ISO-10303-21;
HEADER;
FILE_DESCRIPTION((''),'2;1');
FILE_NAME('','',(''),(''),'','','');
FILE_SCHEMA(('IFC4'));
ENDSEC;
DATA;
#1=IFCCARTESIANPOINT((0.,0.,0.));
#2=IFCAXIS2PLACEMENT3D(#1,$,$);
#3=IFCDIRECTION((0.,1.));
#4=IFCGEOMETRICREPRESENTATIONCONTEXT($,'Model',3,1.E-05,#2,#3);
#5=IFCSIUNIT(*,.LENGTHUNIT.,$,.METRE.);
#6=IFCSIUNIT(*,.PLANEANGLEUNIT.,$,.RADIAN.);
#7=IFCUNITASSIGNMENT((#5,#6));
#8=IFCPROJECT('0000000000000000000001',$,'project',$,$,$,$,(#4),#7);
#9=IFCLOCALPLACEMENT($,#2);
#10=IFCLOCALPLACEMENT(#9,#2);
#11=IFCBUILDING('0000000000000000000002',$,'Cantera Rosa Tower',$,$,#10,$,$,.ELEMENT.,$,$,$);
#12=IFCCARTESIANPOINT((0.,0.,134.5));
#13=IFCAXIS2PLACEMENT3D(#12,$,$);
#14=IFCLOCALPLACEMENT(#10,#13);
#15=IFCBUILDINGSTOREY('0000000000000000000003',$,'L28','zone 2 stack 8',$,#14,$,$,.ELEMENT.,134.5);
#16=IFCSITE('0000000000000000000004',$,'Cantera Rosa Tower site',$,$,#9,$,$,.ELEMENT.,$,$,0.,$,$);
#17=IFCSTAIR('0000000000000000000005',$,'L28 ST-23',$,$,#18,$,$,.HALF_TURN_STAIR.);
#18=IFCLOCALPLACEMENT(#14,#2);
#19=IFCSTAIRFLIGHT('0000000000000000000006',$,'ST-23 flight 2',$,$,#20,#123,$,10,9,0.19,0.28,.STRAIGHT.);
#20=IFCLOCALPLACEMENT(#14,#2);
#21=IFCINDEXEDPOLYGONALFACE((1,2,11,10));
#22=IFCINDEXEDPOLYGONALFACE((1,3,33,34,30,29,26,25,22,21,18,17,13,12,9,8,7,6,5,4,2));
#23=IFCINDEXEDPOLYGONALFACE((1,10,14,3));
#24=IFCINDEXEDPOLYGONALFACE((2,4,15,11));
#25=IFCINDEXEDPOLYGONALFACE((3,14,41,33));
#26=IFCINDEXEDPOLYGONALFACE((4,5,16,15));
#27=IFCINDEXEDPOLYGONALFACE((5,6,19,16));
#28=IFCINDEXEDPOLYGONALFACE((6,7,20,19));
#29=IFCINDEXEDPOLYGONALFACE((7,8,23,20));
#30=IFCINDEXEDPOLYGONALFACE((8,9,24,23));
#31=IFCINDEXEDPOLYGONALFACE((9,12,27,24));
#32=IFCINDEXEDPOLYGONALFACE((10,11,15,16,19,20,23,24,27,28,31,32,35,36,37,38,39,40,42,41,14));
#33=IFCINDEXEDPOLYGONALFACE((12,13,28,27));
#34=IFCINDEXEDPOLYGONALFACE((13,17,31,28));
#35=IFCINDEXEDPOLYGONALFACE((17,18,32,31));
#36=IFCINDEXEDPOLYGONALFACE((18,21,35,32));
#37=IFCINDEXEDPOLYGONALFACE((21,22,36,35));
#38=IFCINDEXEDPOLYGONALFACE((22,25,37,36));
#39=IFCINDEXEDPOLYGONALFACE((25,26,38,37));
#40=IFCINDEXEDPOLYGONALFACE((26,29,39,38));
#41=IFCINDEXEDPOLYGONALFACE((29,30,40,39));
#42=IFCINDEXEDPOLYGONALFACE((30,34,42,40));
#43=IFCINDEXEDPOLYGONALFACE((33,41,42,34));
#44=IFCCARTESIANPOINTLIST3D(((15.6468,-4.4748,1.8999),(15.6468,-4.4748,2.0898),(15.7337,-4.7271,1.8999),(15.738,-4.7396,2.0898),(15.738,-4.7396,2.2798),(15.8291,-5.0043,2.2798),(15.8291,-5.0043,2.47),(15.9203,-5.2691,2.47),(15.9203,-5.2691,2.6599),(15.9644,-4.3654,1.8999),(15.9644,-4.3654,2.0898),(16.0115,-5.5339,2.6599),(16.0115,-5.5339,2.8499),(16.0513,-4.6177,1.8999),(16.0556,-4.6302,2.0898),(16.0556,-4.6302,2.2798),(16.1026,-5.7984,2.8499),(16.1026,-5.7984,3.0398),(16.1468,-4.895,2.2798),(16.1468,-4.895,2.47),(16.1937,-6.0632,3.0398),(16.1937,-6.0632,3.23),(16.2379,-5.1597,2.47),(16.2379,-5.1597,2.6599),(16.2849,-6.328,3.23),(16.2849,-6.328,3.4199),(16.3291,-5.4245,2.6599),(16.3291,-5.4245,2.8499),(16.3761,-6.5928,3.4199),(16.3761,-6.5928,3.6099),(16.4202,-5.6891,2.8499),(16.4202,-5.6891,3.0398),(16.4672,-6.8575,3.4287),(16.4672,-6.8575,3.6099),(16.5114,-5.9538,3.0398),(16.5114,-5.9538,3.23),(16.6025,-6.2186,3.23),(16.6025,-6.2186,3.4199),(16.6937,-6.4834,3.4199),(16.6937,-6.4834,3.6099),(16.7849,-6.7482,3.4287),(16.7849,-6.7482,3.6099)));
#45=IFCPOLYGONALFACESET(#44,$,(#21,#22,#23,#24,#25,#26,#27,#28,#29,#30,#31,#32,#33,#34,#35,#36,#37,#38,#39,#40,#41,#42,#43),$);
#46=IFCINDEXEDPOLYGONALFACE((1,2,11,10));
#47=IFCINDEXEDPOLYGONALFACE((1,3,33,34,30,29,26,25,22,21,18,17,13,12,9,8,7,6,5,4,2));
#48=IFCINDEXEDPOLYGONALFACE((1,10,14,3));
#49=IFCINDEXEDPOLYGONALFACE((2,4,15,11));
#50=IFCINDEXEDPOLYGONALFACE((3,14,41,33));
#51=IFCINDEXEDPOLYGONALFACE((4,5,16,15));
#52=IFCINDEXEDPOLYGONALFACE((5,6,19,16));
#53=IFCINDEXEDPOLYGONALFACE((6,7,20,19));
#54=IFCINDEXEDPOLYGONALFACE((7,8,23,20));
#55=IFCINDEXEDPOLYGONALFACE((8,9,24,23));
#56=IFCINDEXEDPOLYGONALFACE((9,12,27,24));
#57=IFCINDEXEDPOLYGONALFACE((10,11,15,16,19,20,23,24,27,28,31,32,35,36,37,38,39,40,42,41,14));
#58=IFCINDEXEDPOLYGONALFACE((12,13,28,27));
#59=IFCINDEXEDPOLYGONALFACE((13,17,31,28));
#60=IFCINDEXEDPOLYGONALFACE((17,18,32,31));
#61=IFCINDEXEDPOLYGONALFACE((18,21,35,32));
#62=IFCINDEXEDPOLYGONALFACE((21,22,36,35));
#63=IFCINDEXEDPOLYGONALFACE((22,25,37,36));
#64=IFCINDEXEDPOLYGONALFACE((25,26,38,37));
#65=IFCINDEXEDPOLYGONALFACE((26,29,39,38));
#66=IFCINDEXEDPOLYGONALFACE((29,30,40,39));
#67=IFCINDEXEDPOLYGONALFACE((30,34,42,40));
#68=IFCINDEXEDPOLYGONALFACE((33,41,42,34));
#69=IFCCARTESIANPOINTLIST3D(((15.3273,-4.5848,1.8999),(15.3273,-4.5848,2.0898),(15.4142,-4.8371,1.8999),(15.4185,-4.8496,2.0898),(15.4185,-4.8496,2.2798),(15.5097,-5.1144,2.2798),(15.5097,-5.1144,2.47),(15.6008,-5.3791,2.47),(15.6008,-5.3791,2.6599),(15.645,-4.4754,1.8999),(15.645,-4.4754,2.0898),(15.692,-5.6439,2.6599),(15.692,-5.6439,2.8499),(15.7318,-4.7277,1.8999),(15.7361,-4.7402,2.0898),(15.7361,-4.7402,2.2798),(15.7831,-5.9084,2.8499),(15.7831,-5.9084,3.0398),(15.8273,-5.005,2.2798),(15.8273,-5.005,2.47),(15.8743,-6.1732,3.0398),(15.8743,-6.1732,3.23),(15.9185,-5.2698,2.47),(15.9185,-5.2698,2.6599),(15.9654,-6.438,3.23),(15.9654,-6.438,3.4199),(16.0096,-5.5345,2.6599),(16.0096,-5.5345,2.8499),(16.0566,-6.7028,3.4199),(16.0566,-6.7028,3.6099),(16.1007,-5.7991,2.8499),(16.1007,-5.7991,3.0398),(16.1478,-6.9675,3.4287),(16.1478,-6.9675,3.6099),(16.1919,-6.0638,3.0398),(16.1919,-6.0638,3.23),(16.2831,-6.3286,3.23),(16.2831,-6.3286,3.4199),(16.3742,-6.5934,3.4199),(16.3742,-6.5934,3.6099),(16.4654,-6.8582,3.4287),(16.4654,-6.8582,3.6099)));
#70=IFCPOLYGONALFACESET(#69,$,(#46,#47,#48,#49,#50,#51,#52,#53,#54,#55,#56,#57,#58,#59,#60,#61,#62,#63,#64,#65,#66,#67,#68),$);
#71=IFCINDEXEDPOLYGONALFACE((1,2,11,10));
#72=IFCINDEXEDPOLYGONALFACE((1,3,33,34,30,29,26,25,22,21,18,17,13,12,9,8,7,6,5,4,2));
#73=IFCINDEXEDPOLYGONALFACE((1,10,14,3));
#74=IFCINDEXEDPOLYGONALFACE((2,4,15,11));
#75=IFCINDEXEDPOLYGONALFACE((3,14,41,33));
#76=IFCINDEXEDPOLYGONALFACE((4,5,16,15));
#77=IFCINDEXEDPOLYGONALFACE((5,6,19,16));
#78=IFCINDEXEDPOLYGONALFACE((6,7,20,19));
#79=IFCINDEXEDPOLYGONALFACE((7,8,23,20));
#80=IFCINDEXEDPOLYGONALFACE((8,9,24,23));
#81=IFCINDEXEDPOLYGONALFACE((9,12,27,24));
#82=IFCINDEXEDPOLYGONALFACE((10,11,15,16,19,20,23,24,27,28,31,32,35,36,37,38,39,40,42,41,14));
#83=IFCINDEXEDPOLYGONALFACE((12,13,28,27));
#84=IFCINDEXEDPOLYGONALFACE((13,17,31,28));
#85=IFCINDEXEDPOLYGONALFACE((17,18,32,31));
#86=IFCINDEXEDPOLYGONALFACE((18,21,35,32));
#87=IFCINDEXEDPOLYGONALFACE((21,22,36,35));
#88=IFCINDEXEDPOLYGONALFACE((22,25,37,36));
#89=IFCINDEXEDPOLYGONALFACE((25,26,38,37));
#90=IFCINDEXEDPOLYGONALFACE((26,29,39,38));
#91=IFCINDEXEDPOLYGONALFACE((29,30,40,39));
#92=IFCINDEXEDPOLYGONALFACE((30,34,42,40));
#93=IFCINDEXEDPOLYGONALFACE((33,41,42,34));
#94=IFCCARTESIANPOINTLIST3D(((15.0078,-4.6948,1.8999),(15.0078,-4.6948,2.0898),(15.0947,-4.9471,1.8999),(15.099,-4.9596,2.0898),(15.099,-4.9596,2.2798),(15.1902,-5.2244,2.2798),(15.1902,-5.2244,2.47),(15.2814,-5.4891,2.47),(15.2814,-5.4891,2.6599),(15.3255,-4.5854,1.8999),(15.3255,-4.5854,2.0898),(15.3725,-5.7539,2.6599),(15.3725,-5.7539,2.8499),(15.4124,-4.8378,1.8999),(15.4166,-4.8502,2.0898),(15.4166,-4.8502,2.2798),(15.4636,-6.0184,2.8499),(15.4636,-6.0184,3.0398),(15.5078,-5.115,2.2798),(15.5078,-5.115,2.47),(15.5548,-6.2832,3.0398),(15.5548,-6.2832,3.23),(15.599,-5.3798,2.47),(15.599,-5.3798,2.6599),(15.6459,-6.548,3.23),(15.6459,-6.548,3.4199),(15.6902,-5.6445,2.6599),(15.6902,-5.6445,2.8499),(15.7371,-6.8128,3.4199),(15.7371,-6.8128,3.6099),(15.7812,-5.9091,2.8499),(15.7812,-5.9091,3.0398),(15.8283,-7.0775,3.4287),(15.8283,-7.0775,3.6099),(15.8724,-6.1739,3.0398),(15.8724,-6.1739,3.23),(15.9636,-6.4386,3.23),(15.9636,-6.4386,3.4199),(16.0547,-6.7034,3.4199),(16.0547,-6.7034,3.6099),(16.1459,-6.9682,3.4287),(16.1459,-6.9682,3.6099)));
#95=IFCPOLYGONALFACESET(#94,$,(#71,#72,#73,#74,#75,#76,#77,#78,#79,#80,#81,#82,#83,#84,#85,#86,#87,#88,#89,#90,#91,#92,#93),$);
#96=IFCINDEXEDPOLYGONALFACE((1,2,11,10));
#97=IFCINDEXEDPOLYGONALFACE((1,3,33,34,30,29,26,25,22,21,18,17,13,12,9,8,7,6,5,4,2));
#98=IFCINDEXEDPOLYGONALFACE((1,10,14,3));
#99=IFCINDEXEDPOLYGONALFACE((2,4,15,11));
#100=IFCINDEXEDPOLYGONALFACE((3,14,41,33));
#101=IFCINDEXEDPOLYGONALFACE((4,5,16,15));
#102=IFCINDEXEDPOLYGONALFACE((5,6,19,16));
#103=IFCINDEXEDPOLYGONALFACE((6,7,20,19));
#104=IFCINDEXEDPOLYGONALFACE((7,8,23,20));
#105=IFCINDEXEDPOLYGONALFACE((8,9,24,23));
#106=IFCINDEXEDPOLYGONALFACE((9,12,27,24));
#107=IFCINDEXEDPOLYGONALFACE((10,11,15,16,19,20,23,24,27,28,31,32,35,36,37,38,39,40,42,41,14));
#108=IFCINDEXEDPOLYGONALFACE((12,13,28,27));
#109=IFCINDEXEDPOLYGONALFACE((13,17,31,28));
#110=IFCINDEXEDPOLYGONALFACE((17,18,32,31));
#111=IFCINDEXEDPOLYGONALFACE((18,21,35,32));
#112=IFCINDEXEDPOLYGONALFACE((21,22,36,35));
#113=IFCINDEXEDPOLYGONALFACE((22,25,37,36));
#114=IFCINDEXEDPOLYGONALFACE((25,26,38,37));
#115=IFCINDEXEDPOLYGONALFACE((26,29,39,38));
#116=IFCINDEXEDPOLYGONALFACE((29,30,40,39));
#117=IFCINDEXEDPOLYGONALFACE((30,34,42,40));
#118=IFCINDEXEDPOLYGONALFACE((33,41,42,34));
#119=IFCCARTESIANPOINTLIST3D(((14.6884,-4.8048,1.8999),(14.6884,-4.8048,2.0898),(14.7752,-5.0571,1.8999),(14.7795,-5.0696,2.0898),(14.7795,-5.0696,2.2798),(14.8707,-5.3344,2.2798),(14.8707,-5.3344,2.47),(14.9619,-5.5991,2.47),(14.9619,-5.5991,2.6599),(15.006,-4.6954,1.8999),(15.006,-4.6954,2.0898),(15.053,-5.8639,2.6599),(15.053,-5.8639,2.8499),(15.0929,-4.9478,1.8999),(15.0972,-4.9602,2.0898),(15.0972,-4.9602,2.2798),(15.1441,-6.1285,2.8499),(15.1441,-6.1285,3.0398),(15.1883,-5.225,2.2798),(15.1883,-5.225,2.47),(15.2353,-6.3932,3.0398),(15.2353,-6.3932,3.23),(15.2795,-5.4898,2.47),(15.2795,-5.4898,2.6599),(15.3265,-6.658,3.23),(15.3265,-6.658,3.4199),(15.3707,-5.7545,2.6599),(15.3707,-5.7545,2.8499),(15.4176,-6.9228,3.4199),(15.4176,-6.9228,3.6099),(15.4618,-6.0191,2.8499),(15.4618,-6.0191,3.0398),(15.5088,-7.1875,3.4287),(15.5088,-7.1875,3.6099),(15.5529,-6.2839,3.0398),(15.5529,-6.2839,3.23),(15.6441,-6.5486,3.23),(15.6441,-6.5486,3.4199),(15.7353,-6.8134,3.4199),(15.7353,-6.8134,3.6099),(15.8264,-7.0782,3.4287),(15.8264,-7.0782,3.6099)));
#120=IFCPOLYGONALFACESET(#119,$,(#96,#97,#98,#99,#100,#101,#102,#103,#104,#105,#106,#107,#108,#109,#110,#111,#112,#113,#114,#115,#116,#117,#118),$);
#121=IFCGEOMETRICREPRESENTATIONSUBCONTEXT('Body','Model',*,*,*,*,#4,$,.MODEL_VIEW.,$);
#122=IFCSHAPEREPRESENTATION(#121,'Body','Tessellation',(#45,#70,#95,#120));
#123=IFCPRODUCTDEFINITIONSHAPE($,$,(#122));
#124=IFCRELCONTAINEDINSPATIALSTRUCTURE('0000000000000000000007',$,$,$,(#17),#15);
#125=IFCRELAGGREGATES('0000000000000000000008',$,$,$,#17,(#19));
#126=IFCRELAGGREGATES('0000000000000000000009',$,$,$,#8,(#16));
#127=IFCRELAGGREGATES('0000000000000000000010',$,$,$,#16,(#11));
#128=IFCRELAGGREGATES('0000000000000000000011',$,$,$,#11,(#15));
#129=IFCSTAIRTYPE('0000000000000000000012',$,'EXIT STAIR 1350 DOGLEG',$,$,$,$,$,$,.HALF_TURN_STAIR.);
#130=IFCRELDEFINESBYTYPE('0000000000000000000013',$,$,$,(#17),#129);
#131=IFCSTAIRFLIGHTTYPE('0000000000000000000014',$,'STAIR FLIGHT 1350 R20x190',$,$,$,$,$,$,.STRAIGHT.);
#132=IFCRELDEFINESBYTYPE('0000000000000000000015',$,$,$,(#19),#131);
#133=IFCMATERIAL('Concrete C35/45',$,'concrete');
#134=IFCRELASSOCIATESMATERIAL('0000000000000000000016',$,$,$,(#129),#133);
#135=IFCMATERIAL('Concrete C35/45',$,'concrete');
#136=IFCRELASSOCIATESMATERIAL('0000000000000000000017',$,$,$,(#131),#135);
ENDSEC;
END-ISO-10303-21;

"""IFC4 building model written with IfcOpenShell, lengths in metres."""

from ifc_helpers import new_model, si_unit, direction, frame, origin, place, context, subcontext, project, spatial, polyline, outline, extrude, material, type_object, element, aggregate, save


model = new_model("IFC4")

# Units and contexts
model_context = context("Model", 3, precision=1e-05, world=origin(), true_north=direction((0.0, 1.0)))
body_context = subcontext(model_context, "Body", "Model", "MODEL_VIEW")
ifc_project = project(units=[si_unit("LENGTHUNIT", "METRE"), si_unit("PLANEANGLEUNIT", "RADIAN")], contexts=[model_context])

# Site, building, storey
site_placement = place(None, origin())
site = spatial("IfcSite", under=ifc_project, at=site_placement, Name="Cantera Rosa Tower site", CompositionType="ELEMENT", RefElevation=0.0)
building_placement = place(site_placement, origin())
building = spatial("IfcBuilding", under=site, at=building_placement, Name="Cantera Rosa Tower", CompositionType="ELEMENT")
storey_placement = place(building_placement, frame((0.0, 0.0, 134.5)))
storey = spatial("IfcBuildingStorey", under=building, at=storey_placement, Name="L28", Description="zone 2 stack 8", CompositionType="ELEMENT", Elevation=134.5)

# Stair, stair flight
ifc_material_1 = material(Name="Concrete C35/45", Category="concrete")
stair_type = type_object("IfcStairType", Name="EXIT STAIR 1350 DOGLEG", PredefinedType="HALF_TURN_STAIR", material=ifc_material_1)
stair_placement = place(storey_placement, origin())
stair = element("IfcStair", 1, at=stair_placement, inside=storey, type_object=stair_type, Name="L28 ST-23", PredefinedType="HALF_TURN_STAIR")
ifc_material_2 = material(Name="Concrete C35/45", Category="concrete")
stair_flight_type = type_object("IfcStairFlightType", Name="STAIR FLIGHT 1350 R20x190", PredefinedType="STRAIGHT", material=ifc_material_2)
stair_flight_1_placement = place(storey_placement, frame((15.3262, -4.5852, 1.8999), z_axis=(0.0, 0.0, 1.0), x_axis=(0.325568, -0.945519, 0.0)))
stair_flight_1 = element("IfcStairFlight", 2, at=stair_flight_1_placement, type_object=stair_flight_type, Name="ST-23 flight 2", NumberOfRisers=10, NumberOfTreads=9, PredefinedType="STRAIGHT", RiserHeight=0.19, TreadLength=0.28, context=body_context, shape_type="SweptSolid", body=[
    extrude(outline(polyline([(0.0, 0.0), (0.0, 0.1899), (0.28, 0.1899), (0.28, 0.3799), (0.5601, 0.3799), (0.5601, 0.5701), (0.8401, 0.5701), (0.8401, 0.76), (1.1201, 0.76), (1.1201, 0.95), (1.3999, 0.95), (1.3999, 1.1399), (1.6799, 1.1399), (1.6799, 1.3301), (1.96, 1.3301), (1.96, 1.52), (2.24, 1.52), (2.24, 1.71), (2.52, 1.71), (2.52, 1.8999), (2.52, 1.5288), (0.2668, 0.0), (0.0, 0.0)])), frame((0.0, 0.675, 0.0), z_axis=(0.0, -1.0, 0.0), x_axis=(1.0, 0.0, 0.0)), (0.0, 0.0, 1.0), 0.3359),
    extrude(outline(polyline([(0.0, 0.0), (0.0, 0.1899), (0.28, 0.1899), (0.28, 0.3799), (0.5601, 0.3799), (0.5601, 0.5701), (0.8401, 0.5701), (0.8401, 0.76), (1.1201, 0.76), (1.1201, 0.95), (1.3999, 0.95), (1.3999, 1.1399), (1.6799, 1.1399), (1.6799, 1.3301), (1.96, 1.3301), (1.96, 1.52), (2.24, 1.52), (2.24, 1.71), (2.52, 1.71), (2.52, 1.8999), (2.52, 1.5288), (0.2668, 0.0), (0.0, 0.0)])), frame((0.0, 0.3372, 0.0), z_axis=(0.0, -1.0, 0.0), x_axis=(1.0, 0.0, 0.0)), (0.0, 0.0, 1.0), 0.3359),
    extrude(outline(polyline([(0.0, 0.0), (0.0, 0.1899), (0.28, 0.1899), (0.28, 0.3799), (0.5601, 0.3799), (0.5601, 0.5701), (0.8401, 0.5701), (0.8401, 0.76), (1.1201, 0.76), (1.1201, 0.95), (1.3999, 0.95), (1.3999, 1.1399), (1.6799, 1.1399), (1.6799, 1.3301), (1.96, 1.3301), (1.96, 1.52), (2.24, 1.52), (2.24, 1.71), (2.52, 1.71), (2.52, 1.8999), (2.52, 1.5288), (0.2668, 0.0), (0.0, 0.0)])), frame((0.0, -0.0007, 0.0), z_axis=(0.0, -1.0, 0.0), x_axis=(1.0, 0.0, 0.0)), (0.0, 0.0, 1.0), 0.3359),
    extrude(outline(polyline([(0.0, 0.0), (0.0, 0.1899), (0.28, 0.1899), (0.28, 0.3799), (0.5601, 0.3799), (0.5601, 0.5701), (0.8401, 0.5701), (0.8401, 0.76), (1.1201, 0.76), (1.1201, 0.95), (1.3999, 0.95), (1.3999, 1.1399), (1.6799, 1.1399), (1.6799, 1.3301), (1.96, 1.3301), (1.96, 1.52), (2.24, 1.52), (2.24, 1.71), (2.52, 1.71), (2.52, 1.8999), (2.52, 1.5288), (0.2668, 0.0), (0.0, 0.0)])), frame((0.0, -0.3386, 0.0), z_axis=(0.0, -1.0, 0.0), x_axis=(1.0, 0.0, 0.0)), (0.0, 0.0, 1.0), 0.3359),
])
aggregate(stair, [stair_flight_1])

save(model, "model.ifc")
